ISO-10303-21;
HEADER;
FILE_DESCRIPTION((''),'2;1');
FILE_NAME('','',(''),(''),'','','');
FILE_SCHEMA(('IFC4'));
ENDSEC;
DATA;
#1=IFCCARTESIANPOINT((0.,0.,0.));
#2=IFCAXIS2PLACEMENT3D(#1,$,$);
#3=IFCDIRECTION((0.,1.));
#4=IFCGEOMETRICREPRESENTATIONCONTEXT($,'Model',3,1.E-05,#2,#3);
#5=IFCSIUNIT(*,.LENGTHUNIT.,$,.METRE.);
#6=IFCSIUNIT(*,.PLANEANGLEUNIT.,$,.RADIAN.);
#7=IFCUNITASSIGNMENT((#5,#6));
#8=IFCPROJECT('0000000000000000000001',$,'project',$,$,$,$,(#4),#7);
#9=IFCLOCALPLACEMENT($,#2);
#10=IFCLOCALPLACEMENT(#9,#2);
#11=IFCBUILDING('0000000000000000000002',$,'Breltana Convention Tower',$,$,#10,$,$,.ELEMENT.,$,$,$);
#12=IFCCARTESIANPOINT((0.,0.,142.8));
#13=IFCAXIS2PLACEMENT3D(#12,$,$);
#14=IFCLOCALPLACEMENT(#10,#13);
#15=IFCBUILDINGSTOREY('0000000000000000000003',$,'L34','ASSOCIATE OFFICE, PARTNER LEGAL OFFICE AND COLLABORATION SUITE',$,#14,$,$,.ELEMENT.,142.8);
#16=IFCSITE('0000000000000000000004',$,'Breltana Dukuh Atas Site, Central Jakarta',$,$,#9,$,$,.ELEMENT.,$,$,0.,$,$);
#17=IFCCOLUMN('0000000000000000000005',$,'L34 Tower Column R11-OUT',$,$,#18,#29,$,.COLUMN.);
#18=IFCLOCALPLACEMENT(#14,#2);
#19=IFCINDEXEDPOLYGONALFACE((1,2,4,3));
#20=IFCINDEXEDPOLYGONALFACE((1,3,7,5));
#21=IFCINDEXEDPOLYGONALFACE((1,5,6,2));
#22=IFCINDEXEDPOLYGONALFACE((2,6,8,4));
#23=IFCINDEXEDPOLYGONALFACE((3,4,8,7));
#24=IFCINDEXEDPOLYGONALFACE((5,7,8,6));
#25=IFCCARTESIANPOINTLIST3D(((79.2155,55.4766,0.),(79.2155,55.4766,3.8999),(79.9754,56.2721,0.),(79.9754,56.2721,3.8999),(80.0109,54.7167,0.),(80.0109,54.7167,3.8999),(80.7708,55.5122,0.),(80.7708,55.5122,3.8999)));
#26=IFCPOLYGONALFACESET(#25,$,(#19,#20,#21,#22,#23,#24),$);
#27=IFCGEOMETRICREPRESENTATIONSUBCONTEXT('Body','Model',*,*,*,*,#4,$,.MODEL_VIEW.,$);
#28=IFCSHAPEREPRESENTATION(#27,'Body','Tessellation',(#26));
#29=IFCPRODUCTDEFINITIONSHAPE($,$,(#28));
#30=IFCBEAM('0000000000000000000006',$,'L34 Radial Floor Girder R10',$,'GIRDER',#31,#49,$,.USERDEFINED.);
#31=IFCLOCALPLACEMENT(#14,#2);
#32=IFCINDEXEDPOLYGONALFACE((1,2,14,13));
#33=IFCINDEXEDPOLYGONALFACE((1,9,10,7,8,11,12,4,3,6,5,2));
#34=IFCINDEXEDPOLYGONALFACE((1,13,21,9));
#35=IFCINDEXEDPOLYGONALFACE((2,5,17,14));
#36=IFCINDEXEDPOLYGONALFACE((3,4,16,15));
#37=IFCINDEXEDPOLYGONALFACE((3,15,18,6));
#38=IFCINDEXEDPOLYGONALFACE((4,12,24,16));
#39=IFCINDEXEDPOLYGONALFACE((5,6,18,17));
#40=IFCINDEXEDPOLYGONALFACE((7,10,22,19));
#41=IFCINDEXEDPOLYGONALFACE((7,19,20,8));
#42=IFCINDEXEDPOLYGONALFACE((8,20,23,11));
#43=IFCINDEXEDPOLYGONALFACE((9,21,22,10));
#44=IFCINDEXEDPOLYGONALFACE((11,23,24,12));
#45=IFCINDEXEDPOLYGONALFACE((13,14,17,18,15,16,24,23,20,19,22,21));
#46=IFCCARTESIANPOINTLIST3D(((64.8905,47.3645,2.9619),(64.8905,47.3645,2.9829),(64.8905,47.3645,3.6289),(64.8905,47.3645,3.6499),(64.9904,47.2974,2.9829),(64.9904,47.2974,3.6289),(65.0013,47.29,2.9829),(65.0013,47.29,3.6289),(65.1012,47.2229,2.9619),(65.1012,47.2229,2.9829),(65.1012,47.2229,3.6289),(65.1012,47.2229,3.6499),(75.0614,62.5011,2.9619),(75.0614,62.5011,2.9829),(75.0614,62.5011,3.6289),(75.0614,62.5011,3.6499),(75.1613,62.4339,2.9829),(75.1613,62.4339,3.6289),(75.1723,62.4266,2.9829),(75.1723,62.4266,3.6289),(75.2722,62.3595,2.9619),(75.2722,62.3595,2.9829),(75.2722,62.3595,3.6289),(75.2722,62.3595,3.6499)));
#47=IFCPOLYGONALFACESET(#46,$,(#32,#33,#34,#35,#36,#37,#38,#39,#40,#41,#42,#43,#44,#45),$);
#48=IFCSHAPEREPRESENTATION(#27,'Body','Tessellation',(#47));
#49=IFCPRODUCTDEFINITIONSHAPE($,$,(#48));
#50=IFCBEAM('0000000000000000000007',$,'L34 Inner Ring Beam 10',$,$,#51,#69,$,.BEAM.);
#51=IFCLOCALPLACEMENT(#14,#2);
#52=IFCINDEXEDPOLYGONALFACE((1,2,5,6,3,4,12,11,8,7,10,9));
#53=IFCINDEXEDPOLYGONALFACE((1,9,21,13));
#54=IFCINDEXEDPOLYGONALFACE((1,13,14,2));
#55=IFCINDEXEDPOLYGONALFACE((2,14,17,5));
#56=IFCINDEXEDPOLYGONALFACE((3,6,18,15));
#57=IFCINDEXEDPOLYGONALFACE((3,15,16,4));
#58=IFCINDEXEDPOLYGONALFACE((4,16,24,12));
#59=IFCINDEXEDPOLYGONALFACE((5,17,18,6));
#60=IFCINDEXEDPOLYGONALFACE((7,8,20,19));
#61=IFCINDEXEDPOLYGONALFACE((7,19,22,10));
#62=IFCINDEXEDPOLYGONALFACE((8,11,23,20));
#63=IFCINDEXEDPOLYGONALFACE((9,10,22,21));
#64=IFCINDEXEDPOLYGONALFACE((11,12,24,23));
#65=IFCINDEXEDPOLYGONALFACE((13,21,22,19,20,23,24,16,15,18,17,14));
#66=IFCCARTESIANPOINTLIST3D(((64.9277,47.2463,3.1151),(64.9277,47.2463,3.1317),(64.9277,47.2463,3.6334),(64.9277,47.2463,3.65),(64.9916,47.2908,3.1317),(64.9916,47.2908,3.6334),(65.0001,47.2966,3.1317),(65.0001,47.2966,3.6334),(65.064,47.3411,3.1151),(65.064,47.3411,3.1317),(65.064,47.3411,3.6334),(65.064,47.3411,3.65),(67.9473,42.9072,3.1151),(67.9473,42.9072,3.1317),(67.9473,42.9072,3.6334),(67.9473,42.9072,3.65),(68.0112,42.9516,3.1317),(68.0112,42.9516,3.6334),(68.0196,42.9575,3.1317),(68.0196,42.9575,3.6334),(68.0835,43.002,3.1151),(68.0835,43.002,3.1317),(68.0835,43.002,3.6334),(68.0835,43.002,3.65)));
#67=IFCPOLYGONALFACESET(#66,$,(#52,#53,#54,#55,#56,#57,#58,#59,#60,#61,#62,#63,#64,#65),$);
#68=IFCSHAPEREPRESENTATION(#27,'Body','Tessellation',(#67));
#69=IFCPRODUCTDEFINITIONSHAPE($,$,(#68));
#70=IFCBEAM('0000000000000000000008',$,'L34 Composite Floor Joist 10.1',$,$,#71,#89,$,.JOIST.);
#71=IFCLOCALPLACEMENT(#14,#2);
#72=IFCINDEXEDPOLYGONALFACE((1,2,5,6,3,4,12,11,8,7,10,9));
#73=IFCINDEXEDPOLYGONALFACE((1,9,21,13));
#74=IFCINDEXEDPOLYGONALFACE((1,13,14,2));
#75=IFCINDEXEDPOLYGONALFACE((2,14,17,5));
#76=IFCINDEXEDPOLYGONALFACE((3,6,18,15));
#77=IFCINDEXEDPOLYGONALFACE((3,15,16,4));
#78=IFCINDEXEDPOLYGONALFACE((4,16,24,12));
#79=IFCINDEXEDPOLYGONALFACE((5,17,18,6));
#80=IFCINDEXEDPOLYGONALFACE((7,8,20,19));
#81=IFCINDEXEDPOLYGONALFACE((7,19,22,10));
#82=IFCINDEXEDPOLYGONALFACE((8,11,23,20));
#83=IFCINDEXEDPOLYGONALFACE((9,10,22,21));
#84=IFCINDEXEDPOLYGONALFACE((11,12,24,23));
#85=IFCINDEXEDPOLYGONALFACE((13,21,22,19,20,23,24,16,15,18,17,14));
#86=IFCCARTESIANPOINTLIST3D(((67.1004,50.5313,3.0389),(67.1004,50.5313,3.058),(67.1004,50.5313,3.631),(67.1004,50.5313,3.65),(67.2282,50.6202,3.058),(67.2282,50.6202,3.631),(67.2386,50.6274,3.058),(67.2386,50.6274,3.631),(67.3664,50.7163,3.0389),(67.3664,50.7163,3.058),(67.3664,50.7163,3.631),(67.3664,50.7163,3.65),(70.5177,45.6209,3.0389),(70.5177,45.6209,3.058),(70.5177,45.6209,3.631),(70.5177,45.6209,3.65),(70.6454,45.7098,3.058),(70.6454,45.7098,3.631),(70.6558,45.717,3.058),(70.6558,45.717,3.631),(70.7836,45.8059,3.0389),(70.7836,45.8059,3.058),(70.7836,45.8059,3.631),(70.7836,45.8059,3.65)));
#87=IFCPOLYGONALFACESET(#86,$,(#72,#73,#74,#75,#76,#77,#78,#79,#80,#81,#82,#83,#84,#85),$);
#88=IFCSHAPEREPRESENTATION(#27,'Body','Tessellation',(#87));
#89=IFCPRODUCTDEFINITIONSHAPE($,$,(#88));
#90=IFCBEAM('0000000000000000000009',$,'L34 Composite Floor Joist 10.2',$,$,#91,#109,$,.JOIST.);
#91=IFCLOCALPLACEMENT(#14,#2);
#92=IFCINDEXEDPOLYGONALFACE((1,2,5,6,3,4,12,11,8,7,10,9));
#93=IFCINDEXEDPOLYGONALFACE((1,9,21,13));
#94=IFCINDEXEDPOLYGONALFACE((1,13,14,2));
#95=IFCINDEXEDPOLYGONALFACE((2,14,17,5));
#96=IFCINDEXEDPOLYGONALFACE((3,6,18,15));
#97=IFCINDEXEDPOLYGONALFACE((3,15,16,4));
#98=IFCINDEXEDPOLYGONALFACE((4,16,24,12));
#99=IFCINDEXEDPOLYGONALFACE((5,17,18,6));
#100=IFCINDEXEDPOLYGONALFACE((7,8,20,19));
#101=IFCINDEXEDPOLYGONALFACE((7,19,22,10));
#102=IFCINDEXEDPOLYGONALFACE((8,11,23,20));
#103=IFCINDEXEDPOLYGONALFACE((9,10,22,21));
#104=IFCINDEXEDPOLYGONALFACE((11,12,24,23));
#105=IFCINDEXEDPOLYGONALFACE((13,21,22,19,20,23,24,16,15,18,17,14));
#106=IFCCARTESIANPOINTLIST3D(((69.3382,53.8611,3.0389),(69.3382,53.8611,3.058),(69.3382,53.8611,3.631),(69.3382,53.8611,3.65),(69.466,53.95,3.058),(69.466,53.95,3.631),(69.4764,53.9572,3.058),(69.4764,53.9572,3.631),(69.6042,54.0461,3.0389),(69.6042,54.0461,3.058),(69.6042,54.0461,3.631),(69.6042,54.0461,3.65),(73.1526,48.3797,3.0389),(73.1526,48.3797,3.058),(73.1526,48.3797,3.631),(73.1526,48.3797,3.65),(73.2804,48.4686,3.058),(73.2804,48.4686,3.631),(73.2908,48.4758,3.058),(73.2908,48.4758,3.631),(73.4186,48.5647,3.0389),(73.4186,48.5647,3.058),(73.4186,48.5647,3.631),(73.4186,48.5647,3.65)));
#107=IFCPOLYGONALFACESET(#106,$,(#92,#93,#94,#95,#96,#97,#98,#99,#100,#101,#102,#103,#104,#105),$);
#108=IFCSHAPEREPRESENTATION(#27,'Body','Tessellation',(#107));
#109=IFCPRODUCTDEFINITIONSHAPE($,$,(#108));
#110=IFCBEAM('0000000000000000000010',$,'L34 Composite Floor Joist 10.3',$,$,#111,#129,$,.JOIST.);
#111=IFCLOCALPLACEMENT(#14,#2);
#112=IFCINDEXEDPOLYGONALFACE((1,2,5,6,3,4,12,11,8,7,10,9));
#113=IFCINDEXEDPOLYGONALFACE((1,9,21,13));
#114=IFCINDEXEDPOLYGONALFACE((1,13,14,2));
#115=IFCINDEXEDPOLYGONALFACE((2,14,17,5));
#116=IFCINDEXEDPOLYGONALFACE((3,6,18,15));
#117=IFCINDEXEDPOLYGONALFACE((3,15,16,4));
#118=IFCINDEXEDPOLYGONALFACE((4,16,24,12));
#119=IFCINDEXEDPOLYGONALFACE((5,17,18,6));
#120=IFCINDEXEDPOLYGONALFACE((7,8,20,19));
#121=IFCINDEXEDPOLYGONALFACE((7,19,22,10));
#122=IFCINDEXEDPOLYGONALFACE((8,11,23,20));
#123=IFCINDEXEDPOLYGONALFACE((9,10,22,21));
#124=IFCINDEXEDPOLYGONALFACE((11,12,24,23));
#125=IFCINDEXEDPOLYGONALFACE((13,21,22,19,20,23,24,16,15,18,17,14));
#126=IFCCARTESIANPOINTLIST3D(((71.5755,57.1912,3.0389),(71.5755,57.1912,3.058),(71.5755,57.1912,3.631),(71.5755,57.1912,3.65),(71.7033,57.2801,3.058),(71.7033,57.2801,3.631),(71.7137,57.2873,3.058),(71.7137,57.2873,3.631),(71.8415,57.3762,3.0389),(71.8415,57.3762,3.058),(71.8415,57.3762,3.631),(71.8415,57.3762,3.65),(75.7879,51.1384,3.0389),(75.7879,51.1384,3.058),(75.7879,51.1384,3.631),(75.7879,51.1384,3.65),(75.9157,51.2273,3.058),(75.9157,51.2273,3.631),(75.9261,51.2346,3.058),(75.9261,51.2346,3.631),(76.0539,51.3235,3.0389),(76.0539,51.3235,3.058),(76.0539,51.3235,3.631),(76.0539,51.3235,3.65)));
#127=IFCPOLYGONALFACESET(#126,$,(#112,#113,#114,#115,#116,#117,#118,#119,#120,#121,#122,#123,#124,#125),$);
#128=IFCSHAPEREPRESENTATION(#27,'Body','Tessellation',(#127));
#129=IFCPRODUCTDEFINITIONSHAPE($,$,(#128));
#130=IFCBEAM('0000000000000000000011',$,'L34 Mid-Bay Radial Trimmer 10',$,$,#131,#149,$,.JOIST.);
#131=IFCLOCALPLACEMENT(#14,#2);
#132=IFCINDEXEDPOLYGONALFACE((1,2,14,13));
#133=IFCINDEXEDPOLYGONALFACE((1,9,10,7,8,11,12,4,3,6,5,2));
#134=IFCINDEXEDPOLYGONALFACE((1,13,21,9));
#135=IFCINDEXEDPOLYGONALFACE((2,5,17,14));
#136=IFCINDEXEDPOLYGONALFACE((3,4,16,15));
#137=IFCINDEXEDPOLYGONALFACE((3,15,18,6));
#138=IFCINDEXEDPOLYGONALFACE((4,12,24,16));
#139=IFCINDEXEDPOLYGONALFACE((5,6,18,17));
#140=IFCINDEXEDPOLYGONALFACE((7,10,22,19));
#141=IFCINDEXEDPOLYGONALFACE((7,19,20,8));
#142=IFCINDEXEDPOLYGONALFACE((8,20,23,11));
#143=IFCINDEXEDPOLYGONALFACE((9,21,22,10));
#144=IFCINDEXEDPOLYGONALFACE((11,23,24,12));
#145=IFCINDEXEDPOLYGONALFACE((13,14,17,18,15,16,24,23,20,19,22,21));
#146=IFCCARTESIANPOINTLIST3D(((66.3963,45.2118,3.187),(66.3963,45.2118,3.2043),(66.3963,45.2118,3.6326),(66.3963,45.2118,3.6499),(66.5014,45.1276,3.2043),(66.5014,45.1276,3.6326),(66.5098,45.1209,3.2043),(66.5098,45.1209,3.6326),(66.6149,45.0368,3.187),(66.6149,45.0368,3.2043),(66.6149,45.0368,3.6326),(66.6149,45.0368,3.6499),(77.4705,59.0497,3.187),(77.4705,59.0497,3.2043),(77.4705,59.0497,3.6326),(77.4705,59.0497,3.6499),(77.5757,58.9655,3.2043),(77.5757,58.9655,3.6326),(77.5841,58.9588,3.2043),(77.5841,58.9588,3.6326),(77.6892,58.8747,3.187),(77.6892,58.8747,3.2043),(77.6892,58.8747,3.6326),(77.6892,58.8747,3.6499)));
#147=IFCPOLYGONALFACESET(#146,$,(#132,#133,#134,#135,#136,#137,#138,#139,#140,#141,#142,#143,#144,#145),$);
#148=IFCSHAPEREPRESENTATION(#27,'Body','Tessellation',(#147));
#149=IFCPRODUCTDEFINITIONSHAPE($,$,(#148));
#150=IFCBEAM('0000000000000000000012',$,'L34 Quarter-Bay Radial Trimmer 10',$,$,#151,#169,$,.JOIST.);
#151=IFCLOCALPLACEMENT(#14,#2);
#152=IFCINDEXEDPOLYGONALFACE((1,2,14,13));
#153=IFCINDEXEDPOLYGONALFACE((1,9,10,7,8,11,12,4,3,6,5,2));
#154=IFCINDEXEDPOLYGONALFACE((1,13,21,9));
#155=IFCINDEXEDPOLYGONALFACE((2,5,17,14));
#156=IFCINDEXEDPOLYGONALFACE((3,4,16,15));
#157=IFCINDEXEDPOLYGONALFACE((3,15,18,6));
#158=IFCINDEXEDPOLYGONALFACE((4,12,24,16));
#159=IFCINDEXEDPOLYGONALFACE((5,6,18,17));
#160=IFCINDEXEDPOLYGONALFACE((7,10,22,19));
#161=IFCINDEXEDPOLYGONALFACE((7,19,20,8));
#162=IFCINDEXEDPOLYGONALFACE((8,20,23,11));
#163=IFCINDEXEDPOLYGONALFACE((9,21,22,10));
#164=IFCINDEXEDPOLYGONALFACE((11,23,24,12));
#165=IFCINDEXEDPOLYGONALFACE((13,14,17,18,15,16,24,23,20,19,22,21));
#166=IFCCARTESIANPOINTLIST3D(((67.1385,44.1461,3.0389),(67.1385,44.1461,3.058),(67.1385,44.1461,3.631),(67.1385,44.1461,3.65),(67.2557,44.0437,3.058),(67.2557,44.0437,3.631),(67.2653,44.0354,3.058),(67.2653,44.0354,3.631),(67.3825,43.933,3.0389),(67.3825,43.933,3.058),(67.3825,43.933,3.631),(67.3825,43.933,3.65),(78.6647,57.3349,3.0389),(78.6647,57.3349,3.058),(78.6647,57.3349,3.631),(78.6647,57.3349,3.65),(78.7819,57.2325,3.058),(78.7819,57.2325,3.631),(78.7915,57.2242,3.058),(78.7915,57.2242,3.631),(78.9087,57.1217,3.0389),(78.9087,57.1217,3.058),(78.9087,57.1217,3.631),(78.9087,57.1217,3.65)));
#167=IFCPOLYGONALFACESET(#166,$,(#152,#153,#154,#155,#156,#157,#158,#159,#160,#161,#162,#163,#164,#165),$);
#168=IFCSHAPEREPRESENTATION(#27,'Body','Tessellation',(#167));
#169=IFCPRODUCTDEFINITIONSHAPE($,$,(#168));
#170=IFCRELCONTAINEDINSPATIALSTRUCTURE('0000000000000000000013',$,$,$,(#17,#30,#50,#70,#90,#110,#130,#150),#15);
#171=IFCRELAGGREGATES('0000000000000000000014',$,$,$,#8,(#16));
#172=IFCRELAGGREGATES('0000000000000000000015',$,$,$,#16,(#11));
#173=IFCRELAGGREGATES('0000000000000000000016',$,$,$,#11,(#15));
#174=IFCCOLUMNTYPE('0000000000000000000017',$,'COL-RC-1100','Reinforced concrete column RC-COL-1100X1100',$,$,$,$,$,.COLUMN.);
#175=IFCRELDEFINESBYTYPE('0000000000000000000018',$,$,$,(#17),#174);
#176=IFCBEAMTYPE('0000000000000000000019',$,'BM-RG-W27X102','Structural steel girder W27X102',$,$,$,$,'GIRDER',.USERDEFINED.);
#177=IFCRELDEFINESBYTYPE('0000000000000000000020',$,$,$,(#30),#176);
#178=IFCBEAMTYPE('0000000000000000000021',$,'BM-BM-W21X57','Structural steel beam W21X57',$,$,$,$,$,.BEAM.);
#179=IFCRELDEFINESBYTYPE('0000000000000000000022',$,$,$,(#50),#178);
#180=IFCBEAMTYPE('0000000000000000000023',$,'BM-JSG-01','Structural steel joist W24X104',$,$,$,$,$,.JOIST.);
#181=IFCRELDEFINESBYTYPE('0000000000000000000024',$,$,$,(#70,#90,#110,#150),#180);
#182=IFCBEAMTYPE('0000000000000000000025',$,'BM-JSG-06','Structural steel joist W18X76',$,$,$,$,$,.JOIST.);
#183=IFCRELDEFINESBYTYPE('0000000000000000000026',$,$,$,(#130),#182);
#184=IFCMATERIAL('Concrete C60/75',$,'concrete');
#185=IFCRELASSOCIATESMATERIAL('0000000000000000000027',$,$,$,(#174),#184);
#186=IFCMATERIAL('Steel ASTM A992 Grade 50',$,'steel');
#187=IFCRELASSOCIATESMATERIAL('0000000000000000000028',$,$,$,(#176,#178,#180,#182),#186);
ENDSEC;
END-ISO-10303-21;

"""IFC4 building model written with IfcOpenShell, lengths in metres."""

from ifc_helpers import new_model, si_unit, direction, frame, origin, origin_2d, place, context, subcontext, project, spatial, rectangle, i_section, extrude, source, transform, mapped, material, material_profile, profile_set, type_object, element, save


model = new_model("IFC4")

# Units and contexts
model_context = context("Model", 3, precision=1e-05, world=origin(), true_north=direction((0.0, 1.0)))
body_context = subcontext(model_context, "Body", "Model", "MODEL_VIEW")
ifc_project = project(units=[si_unit("LENGTHUNIT", "METRE"), si_unit("PLANEANGLEUNIT", "RADIAN")], contexts=[model_context])

# Site, building, storey
site_placement = place(None, origin())
site = spatial("IfcSite", under=ifc_project, at=site_placement, Name="Breltana Dukuh Atas Site, Central Jakarta", CompositionType="ELEMENT", RefElevation=0.0)
building_placement = place(site_placement, origin())
building = spatial("IfcBuilding", under=site, at=building_placement, Name="Breltana Convention Tower", CompositionType="ELEMENT")
storey_placement = place(building_placement, frame((0.0, 0.0, 142.8)))
storey = spatial("IfcBuildingStorey", under=building, at=storey_placement, Name="L34", Description="ASSOCIATE OFFICE, PARTNER LEGAL OFFICE AND COLLABORATION SUITE", CompositionType="ELEMENT", Elevation=142.8)

# Column
ifc_material_1 = material(Name="Concrete C60/75", Category="concrete")
ifc_material_profile_1 = material_profile(ifc_material_1, rectangle(XDim=1.1001, YDim=1.1001, at=origin_2d()), Name="RC-COL-1100X1100")
ifc_profile_set_1 = profile_set([ifc_material_profile_1], Name="Concrete C60/75")
column_type = type_object("IfcColumnType", Name="COL-RC-1100", Description="Reinforced concrete column RC-COL-1100X1100", PredefinedType="COLUMN", material=ifc_profile_set_1)
shared_shape_1 = source(origin(), body_context, "Body", "SweptSolid", [
    extrude(rectangle(XDim=1.1001, YDim=1.1001, at=origin_2d()), origin(), (0.0, 0.0, 1.0), 3.8999),
])
column_placement = place(storey_placement, frame((79.9932, 55.4944, 0.0), z_axis=(0.0, 0.0, 1.0), x_axis=(0.690756, 0.723088, 0.0)))
element("IfcColumn", 1, at=column_placement, inside=storey, type_object=column_type, Name="L34 Tower Column R11-OUT", PredefinedType="COLUMN", context=body_context, shape_type="MappedRepresentation", body=[
    mapped(shared_shape_1, transform((0.0, 0.0, 0.0), scale=1.0)),
])

# Beams
ifc_material_2 = material(Name="Steel ASTM A992 Grade 50", Category="steel")
ifc_material_profile_2 = material_profile(ifc_material_2, i_section(OverallWidth=0.2539, OverallDepth=0.688, WebThickness=0.0132, FlangeThickness=0.021, at=origin_2d()), Name="W27X102")
ifc_profile_set_2 = profile_set([ifc_material_profile_2], Name="Steel ASTM A992 Grade 50")
beam_type_1 = type_object("IfcBeamType", Name="BM-RG-W27X102", Description="Structural steel girder W27X102", ElementType="GIRDER", PredefinedType="USERDEFINED", material=ifc_profile_set_2)
shared_shape_2 = source(origin(), body_context, "Body", "SweptSolid", [
    extrude(i_section(OverallWidth=0.2539, OverallDepth=0.688, WebThickness=0.0132, FlangeThickness=0.021, at=origin_2d()), origin(), (0.0, 0.0, 1.0), 18.2363),
])
beam_1_placement = place(storey_placement, frame((64.9958, 47.2937, 3.3059), z_axis=(0.55773, 0.830022, 0.0), x_axis=(-0.830022, 0.55773, 0.0)))
element("IfcBeam", 2, at=beam_1_placement, inside=storey, type_object=beam_type_1, Name="L34 Radial Floor Girder R10", ObjectType="GIRDER", PredefinedType="USERDEFINED", context=body_context, shape_type="MappedRepresentation", body=[
    mapped(shared_shape_2, transform((0.0, 0.0, 0.0), scale=1.0)),
])
ifc_material_profile_3 = material_profile(ifc_material_2, i_section(OverallWidth=0.166, OverallDepth=0.5349, WebThickness=0.0103, FlangeThickness=0.0166, at=origin_2d()), Name="W21X57")
ifc_profile_set_3 = profile_set([ifc_material_profile_3], Name="Steel ASTM A992 Grade 50")
beam_type_2 = type_object("IfcBeamType", Name="BM-BM-W21X57", Description="Structural steel beam W21X57", PredefinedType="BEAM", material=ifc_profile_set_3)
shared_shape_3 = source(origin(), body_context, "Body", "SweptSolid", [
    extrude(i_section(OverallWidth=0.166, OverallDepth=0.5349, WebThickness=0.0103, FlangeThickness=0.0166, at=origin_2d()), origin(), (0.0, 0.0, 1.0), 5.2864),
])
beam_2_placement = place(storey_placement, frame((64.9958, 47.2937, 3.3826), z_axis=(0.571194, -0.820815, 0.0), x_axis=(0.820815, 0.571194, 0.0)))
element("IfcBeam", 3, at=beam_2_placement, inside=storey, type_object=beam_type_2, Name="L34 Inner Ring Beam 10", PredefinedType="BEAM", context=body_context, shape_type="MappedRepresentation", body=[
    mapped(shared_shape_3, transform((0.0, 0.0, 0.0), scale=1.0)),
])
ifc_material_profile_4 = material_profile(ifc_material_2, i_section(OverallWidth=0.324, OverallDepth=0.6111, WebThickness=0.0127, FlangeThickness=0.019, at=origin_2d()), Name="W24X104")
ifc_profile_set_4 = profile_set([ifc_material_profile_4], Name="Steel ASTM A992 Grade 50")
beam_type_3 = type_object("IfcBeamType", Name="BM-JSG-01", Description="Structural steel joist W24X104", PredefinedType="JOIST", material=ifc_profile_set_4)
shared_shape_4 = source(origin(), body_context, "Body", "SweptSolid", [
    extrude(i_section(OverallWidth=0.324, OverallDepth=0.6111, WebThickness=0.0127, FlangeThickness=0.019, at=origin_2d()), origin(), (0.0, 0.0, 1.0), 5.9824),
])
beam_3_placement = place(storey_placement, frame((67.2334, 50.6238, 3.3445), z_axis=(0.571212, -0.820803, 0.0), x_axis=(0.820803, 0.571212, 0.0)))
element("IfcBeam", 4, at=beam_3_placement, inside=storey, type_object=beam_type_3, Name="L34 Composite Floor Joist 10.1", PredefinedType="JOIST", context=body_context, shape_type="MappedRepresentation", body=[
    mapped(shared_shape_4, transform((0.0, 0.0, 0.0), scale=1.0)),
])
shared_shape_5 = source(origin(), body_context, "Body", "SweptSolid", [
    extrude(i_section(OverallWidth=0.324, OverallDepth=0.6111, WebThickness=0.0127, FlangeThickness=0.019, at=origin_2d()), origin(), (0.0, 0.0, 1.0), 6.678),
])
beam_4_placement = place(storey_placement, frame((69.4712, 53.9536, 3.3445), z_axis=(0.571193, -0.820816, 0.0), x_axis=(0.820816, 0.571193, 0.0)))
element("IfcBeam", 5, at=beam_4_placement, inside=storey, type_object=beam_type_3, Name="L34 Composite Floor Joist 10.2", PredefinedType="JOIST", context=body_context, shape_type="MappedRepresentation", body=[
    mapped(shared_shape_5, transform((0.0, 0.0, 0.0), scale=1.0)),
])
shared_shape_6 = source(origin(), body_context, "Body", "SweptSolid", [
    extrude(i_section(OverallWidth=0.324, OverallDepth=0.6111, WebThickness=0.0127, FlangeThickness=0.019, at=origin_2d()), origin(), (0.0, 0.0, 1.0), 7.3743),
])
beam_5_placement = place(storey_placement, frame((71.7085, 57.2837, 3.3445), z_axis=(0.571229, -0.82079, 0.0), x_axis=(0.82079, 0.571229, 0.0)))
element("IfcBeam", 6, at=beam_5_placement, inside=storey, type_object=beam_type_3, Name="L34 Composite Floor Joist 10.3", PredefinedType="JOIST", context=body_context, shape_type="MappedRepresentation", body=[
    mapped(shared_shape_6, transform((0.0, 0.0, 0.0), scale=1.0)),
])
ifc_material_profile_5 = material_profile(ifc_material_2, i_section(OverallWidth=0.28, OverallDepth=0.4629, WebThickness=0.0107, FlangeThickness=0.0173, at=origin_2d()), Name="W18X76")
ifc_profile_set_5 = profile_set([ifc_material_profile_5], Name="Steel ASTM A992 Grade 50")
beam_type_4 = type_object("IfcBeamType", Name="BM-JSG-06", Description="Structural steel joist W18X76", PredefinedType="JOIST", material=ifc_profile_set_5)
shared_shape_7 = source(origin(), body_context, "Body", "SweptSolid", [
    extrude(i_section(OverallWidth=0.28, OverallDepth=0.4629, WebThickness=0.0107, FlangeThickness=0.0173, at=origin_2d()), origin(), (0.0, 0.0, 1.0), 17.7236),
])
beam_6_placement = place(storey_placement, frame((66.5056, 45.1243, 3.4185), z_axis=(0.624829, 0.780761, 0.0), x_axis=(-0.780761, 0.624829, 0.0)))
element("IfcBeam", 7, at=beam_6_placement, inside=storey, type_object=beam_type_4, Name="L34 Mid-Bay Radial Trimmer 10", PredefinedType="JOIST", context=body_context, shape_type="MappedRepresentation", body=[
    mapped(shared_shape_7, transform((0.0, 0.0, 0.0), scale=1.0)),
])
shared_shape_8 = source(origin(), body_context, "Body", "SweptSolid", [
    extrude(i_section(OverallWidth=0.324, OverallDepth=0.6111, WebThickness=0.0127, FlangeThickness=0.019, at=origin_2d()), origin(), (0.0, 0.0, 1.0), 17.5156),
])
beam_7_placement = place(storey_placement, frame((67.2605, 44.0396, 3.3445), z_axis=(0.658052, 0.752973, 0.0), x_axis=(-0.752973, 0.658052, 0.0)))
element("IfcBeam", 8, at=beam_7_placement, inside=storey, type_object=beam_type_3, Name="L34 Quarter-Bay Radial Trimmer 10", PredefinedType="JOIST", context=body_context, shape_type="MappedRepresentation", body=[
    mapped(shared_shape_8, transform((0.0, 0.0, 0.0), scale=1.0)),
])

save(model, "model.ifc")
